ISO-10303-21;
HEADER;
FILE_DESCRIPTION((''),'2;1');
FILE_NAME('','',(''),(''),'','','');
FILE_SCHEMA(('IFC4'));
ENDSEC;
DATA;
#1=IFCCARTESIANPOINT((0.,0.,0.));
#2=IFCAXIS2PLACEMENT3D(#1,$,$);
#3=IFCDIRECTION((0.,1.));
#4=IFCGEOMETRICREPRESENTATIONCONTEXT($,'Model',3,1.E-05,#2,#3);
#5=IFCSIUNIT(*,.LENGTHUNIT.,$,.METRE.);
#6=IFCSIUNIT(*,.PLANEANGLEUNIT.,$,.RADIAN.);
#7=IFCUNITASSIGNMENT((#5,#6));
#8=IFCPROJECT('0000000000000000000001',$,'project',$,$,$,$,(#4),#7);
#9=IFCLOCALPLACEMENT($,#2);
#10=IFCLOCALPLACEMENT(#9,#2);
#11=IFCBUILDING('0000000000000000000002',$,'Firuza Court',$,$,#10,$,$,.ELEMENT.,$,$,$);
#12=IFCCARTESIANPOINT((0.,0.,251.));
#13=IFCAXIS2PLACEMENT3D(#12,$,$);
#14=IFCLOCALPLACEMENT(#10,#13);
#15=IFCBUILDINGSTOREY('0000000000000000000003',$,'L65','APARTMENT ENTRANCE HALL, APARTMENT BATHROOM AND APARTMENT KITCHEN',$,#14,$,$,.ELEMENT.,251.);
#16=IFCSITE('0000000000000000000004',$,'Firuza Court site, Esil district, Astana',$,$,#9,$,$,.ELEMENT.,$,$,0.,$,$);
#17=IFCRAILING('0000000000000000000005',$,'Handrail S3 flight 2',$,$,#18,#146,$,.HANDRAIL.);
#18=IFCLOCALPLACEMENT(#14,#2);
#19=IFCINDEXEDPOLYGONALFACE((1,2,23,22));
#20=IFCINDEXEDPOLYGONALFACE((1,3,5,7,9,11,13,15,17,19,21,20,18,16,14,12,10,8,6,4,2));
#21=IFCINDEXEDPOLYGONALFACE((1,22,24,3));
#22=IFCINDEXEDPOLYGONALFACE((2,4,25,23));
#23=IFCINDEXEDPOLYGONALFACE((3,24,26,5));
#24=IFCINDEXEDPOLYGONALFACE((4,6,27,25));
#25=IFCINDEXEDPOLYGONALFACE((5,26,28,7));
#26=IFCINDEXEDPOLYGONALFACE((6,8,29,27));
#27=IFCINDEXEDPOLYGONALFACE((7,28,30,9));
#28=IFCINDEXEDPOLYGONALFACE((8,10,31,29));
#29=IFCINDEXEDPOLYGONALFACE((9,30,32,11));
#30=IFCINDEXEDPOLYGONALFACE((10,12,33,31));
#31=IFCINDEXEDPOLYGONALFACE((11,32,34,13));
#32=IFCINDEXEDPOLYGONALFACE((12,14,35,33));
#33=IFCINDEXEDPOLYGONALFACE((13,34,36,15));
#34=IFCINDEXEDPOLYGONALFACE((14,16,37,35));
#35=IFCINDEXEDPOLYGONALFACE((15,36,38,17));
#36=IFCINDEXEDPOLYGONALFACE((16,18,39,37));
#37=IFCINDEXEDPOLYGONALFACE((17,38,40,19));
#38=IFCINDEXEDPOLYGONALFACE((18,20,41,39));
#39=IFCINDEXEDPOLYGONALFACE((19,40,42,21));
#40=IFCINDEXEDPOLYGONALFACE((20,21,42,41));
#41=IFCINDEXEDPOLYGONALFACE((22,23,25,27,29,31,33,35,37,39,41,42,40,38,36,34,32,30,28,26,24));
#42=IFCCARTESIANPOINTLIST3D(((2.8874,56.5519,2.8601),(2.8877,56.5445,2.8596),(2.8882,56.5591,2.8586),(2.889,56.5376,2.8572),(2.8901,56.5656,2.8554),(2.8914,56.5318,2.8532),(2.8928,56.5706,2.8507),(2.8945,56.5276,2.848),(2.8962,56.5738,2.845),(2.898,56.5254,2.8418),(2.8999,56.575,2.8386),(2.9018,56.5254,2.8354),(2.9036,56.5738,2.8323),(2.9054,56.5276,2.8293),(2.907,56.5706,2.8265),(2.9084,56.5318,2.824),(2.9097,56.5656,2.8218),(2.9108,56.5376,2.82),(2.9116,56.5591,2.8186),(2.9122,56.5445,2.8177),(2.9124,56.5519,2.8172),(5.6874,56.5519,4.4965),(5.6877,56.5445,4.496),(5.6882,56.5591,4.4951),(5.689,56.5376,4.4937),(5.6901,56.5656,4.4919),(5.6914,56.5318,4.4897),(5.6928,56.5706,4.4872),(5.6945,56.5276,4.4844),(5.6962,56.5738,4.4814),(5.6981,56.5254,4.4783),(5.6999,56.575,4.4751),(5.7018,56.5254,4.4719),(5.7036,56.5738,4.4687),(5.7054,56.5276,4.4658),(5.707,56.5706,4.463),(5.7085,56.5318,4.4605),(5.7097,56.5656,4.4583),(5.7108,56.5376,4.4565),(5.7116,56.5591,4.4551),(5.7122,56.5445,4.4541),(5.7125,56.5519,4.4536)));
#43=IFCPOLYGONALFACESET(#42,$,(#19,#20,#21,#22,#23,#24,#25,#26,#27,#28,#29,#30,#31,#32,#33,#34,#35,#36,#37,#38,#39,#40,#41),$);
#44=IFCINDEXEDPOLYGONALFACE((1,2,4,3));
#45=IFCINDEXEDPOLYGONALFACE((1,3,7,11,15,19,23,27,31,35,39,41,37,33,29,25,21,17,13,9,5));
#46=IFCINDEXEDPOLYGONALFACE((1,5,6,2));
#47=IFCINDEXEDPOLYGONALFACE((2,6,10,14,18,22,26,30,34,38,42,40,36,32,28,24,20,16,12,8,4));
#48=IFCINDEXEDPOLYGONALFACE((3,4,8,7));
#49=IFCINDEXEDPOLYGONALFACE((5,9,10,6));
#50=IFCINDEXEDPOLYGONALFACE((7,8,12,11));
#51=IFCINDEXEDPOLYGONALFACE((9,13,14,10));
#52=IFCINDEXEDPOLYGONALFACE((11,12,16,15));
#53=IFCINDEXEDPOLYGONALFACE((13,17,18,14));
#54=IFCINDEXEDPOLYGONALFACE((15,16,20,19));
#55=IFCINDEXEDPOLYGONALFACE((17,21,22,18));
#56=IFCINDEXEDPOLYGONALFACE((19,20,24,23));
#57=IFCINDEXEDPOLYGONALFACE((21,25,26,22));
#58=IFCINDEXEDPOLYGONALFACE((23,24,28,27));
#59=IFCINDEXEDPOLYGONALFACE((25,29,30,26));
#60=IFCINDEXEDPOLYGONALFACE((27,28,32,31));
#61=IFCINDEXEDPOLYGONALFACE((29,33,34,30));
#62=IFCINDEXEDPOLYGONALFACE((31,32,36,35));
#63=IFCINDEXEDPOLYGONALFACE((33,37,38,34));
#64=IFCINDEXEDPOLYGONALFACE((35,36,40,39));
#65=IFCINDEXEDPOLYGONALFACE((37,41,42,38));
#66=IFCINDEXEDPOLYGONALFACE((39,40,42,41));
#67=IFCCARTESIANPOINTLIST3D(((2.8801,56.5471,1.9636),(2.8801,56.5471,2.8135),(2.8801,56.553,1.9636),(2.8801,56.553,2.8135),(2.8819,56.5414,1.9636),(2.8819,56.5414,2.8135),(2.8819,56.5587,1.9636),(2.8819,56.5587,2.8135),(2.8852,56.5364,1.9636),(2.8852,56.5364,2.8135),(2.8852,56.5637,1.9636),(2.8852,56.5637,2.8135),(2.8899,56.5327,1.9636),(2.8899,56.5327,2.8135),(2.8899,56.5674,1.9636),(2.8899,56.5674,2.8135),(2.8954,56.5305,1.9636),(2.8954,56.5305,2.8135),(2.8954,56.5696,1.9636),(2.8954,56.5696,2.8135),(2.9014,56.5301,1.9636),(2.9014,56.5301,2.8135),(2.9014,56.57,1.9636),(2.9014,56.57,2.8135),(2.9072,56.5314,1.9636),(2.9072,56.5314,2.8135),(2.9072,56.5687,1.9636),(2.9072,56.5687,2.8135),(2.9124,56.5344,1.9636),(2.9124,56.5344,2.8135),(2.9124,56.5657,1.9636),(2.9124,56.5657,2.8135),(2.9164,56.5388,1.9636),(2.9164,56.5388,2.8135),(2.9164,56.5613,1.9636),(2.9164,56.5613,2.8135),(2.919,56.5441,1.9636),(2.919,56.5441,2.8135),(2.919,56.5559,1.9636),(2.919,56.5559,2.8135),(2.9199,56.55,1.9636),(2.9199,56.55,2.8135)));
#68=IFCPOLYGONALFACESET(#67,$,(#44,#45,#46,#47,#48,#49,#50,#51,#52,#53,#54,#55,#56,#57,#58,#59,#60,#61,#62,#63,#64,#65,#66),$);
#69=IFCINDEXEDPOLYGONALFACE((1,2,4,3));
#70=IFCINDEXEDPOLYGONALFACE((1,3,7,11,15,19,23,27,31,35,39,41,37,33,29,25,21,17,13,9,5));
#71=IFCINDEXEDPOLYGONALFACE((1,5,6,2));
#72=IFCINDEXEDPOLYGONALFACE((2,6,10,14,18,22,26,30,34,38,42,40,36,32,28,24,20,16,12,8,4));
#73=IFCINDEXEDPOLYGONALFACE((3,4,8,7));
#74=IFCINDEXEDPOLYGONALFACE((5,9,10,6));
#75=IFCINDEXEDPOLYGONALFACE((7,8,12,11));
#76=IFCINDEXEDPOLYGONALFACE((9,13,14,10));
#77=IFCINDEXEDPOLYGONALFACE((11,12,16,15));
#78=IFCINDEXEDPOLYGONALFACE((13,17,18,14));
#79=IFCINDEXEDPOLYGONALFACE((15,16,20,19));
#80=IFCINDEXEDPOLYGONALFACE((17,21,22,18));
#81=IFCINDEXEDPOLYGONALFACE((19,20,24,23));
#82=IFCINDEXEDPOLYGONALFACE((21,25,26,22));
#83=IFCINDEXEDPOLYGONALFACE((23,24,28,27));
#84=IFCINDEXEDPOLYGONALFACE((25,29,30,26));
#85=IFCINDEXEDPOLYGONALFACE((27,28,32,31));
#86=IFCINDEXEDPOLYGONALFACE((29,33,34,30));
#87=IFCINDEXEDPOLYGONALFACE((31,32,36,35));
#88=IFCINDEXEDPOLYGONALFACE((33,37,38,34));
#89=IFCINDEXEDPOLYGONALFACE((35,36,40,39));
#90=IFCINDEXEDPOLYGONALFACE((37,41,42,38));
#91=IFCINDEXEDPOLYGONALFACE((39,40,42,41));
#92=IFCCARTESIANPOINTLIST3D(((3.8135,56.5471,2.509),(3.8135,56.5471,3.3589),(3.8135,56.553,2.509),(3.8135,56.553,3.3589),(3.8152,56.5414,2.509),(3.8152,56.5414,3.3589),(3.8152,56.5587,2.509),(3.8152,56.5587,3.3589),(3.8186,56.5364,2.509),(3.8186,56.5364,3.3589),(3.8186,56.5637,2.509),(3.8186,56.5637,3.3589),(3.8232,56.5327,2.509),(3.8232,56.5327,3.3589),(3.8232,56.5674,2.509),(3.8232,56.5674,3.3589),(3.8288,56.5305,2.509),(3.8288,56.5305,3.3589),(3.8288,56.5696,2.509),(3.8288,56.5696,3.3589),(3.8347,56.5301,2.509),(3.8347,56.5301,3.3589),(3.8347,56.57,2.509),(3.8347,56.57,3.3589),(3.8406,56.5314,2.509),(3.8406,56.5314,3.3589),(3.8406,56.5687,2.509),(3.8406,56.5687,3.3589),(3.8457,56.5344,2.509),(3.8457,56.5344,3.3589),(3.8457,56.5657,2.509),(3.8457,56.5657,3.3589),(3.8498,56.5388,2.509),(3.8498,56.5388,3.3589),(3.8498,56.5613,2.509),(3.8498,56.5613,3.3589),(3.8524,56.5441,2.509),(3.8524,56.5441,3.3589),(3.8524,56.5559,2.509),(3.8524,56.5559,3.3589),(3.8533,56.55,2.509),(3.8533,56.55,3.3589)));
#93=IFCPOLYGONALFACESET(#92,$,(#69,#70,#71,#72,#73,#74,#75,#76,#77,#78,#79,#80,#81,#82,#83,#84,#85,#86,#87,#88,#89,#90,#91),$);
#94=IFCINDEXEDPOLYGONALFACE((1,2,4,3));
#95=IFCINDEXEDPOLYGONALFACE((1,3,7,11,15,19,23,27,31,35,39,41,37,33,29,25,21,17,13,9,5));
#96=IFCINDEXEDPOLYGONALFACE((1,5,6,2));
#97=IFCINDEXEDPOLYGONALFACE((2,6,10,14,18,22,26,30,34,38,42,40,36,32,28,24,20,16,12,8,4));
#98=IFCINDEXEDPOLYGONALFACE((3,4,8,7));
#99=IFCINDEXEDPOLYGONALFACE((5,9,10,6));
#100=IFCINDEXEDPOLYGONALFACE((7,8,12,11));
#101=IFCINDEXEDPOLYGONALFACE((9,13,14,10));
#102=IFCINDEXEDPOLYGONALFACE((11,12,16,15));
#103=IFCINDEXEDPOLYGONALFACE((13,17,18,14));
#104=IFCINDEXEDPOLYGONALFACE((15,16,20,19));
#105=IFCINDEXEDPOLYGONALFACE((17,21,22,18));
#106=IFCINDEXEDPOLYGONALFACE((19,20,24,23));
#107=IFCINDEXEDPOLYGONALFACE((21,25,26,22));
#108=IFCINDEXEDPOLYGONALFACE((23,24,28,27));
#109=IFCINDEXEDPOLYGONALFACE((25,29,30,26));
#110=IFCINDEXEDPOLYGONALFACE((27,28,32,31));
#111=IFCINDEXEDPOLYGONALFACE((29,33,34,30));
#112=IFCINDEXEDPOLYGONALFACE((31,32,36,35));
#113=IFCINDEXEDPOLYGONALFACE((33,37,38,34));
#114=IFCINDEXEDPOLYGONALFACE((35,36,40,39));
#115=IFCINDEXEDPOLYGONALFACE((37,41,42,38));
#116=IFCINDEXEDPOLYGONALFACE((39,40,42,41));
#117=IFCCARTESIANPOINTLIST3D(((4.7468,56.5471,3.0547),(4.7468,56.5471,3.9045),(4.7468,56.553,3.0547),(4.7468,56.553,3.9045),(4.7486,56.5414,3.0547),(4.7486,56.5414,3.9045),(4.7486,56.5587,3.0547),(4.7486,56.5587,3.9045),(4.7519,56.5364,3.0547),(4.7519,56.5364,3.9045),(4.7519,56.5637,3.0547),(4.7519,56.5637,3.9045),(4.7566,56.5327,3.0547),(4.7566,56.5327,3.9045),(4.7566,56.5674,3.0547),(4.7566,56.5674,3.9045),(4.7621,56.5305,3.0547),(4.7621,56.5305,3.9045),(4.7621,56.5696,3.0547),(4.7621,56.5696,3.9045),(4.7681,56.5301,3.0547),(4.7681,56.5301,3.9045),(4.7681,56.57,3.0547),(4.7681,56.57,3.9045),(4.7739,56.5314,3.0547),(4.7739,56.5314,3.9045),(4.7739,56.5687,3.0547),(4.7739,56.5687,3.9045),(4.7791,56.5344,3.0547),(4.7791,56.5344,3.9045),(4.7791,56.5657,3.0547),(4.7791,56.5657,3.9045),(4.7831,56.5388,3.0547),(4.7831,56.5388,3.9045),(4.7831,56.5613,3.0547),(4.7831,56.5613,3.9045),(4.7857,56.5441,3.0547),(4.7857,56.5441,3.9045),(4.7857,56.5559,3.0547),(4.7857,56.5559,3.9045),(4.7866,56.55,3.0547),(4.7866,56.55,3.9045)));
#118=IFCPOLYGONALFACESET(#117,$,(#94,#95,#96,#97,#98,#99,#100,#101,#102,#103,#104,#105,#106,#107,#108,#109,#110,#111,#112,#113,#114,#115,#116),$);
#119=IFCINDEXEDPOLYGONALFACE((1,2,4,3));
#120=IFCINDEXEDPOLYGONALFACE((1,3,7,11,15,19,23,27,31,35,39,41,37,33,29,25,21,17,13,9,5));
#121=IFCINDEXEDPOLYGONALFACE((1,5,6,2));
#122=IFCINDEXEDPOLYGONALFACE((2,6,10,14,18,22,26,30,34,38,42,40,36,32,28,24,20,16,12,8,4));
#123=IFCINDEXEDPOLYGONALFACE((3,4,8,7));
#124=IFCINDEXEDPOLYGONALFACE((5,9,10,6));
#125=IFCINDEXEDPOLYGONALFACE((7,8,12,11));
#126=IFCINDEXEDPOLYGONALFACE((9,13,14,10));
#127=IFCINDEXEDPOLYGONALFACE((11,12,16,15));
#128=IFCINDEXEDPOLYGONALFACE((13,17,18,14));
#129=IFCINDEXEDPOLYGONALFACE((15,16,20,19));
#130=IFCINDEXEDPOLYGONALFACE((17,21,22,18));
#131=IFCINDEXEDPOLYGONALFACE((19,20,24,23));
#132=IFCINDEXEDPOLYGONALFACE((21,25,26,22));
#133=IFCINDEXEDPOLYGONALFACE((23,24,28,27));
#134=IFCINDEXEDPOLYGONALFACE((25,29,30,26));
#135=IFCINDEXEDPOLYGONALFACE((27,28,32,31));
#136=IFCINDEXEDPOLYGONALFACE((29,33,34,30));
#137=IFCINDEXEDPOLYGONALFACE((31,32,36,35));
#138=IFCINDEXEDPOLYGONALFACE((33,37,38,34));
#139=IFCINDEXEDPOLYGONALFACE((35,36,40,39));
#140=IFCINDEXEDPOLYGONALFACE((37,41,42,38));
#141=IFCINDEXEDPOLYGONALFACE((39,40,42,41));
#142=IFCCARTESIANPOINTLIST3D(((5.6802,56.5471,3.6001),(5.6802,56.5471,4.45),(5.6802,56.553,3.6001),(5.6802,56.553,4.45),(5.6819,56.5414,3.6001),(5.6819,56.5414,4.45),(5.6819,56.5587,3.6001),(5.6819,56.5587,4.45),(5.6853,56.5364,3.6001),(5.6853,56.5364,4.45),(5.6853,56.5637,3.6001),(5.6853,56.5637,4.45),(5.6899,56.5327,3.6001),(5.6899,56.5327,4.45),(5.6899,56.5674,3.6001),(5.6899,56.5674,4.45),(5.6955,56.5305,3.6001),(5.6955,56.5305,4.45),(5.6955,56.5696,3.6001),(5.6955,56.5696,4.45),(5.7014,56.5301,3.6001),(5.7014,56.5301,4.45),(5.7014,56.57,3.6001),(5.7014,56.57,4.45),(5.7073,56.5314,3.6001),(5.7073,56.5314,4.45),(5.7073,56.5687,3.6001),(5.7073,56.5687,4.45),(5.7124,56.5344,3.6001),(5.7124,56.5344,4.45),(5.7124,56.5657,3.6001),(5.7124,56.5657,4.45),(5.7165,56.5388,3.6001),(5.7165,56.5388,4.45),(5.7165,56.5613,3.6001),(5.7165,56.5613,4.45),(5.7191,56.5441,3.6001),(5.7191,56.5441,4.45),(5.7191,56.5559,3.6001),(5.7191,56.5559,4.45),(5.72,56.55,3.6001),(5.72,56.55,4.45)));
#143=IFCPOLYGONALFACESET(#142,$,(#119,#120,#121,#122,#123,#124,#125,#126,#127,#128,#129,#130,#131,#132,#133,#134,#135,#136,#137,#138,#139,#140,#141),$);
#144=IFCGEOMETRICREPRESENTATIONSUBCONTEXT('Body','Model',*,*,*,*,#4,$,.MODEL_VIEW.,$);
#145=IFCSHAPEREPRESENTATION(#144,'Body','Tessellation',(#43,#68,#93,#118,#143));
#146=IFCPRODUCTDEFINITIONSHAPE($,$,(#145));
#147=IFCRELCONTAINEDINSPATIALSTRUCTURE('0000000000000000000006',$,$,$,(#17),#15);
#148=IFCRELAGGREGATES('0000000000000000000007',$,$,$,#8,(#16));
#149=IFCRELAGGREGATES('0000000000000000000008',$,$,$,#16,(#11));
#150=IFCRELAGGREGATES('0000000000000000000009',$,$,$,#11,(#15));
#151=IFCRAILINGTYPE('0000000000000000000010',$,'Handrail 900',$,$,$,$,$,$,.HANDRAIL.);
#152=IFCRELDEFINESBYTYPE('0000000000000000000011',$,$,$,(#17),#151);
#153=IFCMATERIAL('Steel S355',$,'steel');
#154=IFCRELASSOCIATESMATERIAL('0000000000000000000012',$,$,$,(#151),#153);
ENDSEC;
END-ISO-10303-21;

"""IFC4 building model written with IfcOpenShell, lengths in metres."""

from ifc_helpers import new_model, si_unit, direction, frame, origin, origin_2d, place, context, subcontext, project, spatial, circle, extrude, material, type_object, element, save


model = new_model("IFC4")

# Units and contexts
model_context = context("Model", 3, precision=1e-05, world=origin(), true_north=direction((0.0, 1.0)))
body_context = subcontext(model_context, "Body", "Model", "MODEL_VIEW")
ifc_project = project(units=[si_unit("LENGTHUNIT", "METRE"), si_unit("PLANEANGLEUNIT", "RADIAN")], contexts=[model_context])

# Site, building, storey
site_placement = place(None, origin())
site = spatial("IfcSite", under=ifc_project, at=site_placement, Name="Firuza Court site, Esil district, Astana", CompositionType="ELEMENT", RefElevation=0.0)
building_placement = place(site_placement, origin())
building = spatial("IfcBuilding", under=site, at=building_placement, Name="Firuza Court", CompositionType="ELEMENT")
storey_placement = place(building_placement, frame((0.0, 0.0, 251.0)))
storey = spatial("IfcBuildingStorey", under=building, at=storey_placement, Name="L65", Description="APARTMENT ENTRANCE HALL, APARTMENT BATHROOM AND APARTMENT KITCHEN", CompositionType="ELEMENT", Elevation=251.0)

# Railing
ifc_material_1 = material(Name="Steel S355", Category="steel")
railing_type_1 = type_object("IfcRailingType", Name="Handrail 900", PredefinedType="HANDRAIL", material=ifc_material_1)
railing_1_placement = place(storey_placement, frame((2.8999, 56.55, 1.9636)))
element("IfcRailing", 1, at=railing_1_placement, inside=storey, type_object=railing_type_1, Name="Handrail S3 flight 2", PredefinedType="HANDRAIL", context=body_context, shape_type="SweptSolid", body=[
    extrude(circle(Radius=0.0249, at=origin_2d()), frame((0.0, 0.0, 0.875), z_axis=(0.863361, 0.0, 0.504587), x_axis=(0.0, 1.0, 0.0)), (0.0, 0.0, 1.0), 3.2432),
    extrude(circle(Radius=0.02, at=origin_2d()), origin(), (0.0, 0.0, 1.0), 0.8499),
    extrude(circle(Radius=0.02, at=origin_2d()), frame((0.9333, 0.0, 0.5454)), (0.0, 0.0, 1.0), 0.8499),
    extrude(circle(Radius=0.02, at=origin_2d()), frame((1.8667, 0.0, 1.0911)), (0.0, 0.0, 1.0), 0.8499),
    extrude(circle(Radius=0.02, at=origin_2d()), frame((2.8, 0.0, 1.6365)), (0.0, 0.0, 1.0), 0.8499),
])

save(model, "model.ifc")
